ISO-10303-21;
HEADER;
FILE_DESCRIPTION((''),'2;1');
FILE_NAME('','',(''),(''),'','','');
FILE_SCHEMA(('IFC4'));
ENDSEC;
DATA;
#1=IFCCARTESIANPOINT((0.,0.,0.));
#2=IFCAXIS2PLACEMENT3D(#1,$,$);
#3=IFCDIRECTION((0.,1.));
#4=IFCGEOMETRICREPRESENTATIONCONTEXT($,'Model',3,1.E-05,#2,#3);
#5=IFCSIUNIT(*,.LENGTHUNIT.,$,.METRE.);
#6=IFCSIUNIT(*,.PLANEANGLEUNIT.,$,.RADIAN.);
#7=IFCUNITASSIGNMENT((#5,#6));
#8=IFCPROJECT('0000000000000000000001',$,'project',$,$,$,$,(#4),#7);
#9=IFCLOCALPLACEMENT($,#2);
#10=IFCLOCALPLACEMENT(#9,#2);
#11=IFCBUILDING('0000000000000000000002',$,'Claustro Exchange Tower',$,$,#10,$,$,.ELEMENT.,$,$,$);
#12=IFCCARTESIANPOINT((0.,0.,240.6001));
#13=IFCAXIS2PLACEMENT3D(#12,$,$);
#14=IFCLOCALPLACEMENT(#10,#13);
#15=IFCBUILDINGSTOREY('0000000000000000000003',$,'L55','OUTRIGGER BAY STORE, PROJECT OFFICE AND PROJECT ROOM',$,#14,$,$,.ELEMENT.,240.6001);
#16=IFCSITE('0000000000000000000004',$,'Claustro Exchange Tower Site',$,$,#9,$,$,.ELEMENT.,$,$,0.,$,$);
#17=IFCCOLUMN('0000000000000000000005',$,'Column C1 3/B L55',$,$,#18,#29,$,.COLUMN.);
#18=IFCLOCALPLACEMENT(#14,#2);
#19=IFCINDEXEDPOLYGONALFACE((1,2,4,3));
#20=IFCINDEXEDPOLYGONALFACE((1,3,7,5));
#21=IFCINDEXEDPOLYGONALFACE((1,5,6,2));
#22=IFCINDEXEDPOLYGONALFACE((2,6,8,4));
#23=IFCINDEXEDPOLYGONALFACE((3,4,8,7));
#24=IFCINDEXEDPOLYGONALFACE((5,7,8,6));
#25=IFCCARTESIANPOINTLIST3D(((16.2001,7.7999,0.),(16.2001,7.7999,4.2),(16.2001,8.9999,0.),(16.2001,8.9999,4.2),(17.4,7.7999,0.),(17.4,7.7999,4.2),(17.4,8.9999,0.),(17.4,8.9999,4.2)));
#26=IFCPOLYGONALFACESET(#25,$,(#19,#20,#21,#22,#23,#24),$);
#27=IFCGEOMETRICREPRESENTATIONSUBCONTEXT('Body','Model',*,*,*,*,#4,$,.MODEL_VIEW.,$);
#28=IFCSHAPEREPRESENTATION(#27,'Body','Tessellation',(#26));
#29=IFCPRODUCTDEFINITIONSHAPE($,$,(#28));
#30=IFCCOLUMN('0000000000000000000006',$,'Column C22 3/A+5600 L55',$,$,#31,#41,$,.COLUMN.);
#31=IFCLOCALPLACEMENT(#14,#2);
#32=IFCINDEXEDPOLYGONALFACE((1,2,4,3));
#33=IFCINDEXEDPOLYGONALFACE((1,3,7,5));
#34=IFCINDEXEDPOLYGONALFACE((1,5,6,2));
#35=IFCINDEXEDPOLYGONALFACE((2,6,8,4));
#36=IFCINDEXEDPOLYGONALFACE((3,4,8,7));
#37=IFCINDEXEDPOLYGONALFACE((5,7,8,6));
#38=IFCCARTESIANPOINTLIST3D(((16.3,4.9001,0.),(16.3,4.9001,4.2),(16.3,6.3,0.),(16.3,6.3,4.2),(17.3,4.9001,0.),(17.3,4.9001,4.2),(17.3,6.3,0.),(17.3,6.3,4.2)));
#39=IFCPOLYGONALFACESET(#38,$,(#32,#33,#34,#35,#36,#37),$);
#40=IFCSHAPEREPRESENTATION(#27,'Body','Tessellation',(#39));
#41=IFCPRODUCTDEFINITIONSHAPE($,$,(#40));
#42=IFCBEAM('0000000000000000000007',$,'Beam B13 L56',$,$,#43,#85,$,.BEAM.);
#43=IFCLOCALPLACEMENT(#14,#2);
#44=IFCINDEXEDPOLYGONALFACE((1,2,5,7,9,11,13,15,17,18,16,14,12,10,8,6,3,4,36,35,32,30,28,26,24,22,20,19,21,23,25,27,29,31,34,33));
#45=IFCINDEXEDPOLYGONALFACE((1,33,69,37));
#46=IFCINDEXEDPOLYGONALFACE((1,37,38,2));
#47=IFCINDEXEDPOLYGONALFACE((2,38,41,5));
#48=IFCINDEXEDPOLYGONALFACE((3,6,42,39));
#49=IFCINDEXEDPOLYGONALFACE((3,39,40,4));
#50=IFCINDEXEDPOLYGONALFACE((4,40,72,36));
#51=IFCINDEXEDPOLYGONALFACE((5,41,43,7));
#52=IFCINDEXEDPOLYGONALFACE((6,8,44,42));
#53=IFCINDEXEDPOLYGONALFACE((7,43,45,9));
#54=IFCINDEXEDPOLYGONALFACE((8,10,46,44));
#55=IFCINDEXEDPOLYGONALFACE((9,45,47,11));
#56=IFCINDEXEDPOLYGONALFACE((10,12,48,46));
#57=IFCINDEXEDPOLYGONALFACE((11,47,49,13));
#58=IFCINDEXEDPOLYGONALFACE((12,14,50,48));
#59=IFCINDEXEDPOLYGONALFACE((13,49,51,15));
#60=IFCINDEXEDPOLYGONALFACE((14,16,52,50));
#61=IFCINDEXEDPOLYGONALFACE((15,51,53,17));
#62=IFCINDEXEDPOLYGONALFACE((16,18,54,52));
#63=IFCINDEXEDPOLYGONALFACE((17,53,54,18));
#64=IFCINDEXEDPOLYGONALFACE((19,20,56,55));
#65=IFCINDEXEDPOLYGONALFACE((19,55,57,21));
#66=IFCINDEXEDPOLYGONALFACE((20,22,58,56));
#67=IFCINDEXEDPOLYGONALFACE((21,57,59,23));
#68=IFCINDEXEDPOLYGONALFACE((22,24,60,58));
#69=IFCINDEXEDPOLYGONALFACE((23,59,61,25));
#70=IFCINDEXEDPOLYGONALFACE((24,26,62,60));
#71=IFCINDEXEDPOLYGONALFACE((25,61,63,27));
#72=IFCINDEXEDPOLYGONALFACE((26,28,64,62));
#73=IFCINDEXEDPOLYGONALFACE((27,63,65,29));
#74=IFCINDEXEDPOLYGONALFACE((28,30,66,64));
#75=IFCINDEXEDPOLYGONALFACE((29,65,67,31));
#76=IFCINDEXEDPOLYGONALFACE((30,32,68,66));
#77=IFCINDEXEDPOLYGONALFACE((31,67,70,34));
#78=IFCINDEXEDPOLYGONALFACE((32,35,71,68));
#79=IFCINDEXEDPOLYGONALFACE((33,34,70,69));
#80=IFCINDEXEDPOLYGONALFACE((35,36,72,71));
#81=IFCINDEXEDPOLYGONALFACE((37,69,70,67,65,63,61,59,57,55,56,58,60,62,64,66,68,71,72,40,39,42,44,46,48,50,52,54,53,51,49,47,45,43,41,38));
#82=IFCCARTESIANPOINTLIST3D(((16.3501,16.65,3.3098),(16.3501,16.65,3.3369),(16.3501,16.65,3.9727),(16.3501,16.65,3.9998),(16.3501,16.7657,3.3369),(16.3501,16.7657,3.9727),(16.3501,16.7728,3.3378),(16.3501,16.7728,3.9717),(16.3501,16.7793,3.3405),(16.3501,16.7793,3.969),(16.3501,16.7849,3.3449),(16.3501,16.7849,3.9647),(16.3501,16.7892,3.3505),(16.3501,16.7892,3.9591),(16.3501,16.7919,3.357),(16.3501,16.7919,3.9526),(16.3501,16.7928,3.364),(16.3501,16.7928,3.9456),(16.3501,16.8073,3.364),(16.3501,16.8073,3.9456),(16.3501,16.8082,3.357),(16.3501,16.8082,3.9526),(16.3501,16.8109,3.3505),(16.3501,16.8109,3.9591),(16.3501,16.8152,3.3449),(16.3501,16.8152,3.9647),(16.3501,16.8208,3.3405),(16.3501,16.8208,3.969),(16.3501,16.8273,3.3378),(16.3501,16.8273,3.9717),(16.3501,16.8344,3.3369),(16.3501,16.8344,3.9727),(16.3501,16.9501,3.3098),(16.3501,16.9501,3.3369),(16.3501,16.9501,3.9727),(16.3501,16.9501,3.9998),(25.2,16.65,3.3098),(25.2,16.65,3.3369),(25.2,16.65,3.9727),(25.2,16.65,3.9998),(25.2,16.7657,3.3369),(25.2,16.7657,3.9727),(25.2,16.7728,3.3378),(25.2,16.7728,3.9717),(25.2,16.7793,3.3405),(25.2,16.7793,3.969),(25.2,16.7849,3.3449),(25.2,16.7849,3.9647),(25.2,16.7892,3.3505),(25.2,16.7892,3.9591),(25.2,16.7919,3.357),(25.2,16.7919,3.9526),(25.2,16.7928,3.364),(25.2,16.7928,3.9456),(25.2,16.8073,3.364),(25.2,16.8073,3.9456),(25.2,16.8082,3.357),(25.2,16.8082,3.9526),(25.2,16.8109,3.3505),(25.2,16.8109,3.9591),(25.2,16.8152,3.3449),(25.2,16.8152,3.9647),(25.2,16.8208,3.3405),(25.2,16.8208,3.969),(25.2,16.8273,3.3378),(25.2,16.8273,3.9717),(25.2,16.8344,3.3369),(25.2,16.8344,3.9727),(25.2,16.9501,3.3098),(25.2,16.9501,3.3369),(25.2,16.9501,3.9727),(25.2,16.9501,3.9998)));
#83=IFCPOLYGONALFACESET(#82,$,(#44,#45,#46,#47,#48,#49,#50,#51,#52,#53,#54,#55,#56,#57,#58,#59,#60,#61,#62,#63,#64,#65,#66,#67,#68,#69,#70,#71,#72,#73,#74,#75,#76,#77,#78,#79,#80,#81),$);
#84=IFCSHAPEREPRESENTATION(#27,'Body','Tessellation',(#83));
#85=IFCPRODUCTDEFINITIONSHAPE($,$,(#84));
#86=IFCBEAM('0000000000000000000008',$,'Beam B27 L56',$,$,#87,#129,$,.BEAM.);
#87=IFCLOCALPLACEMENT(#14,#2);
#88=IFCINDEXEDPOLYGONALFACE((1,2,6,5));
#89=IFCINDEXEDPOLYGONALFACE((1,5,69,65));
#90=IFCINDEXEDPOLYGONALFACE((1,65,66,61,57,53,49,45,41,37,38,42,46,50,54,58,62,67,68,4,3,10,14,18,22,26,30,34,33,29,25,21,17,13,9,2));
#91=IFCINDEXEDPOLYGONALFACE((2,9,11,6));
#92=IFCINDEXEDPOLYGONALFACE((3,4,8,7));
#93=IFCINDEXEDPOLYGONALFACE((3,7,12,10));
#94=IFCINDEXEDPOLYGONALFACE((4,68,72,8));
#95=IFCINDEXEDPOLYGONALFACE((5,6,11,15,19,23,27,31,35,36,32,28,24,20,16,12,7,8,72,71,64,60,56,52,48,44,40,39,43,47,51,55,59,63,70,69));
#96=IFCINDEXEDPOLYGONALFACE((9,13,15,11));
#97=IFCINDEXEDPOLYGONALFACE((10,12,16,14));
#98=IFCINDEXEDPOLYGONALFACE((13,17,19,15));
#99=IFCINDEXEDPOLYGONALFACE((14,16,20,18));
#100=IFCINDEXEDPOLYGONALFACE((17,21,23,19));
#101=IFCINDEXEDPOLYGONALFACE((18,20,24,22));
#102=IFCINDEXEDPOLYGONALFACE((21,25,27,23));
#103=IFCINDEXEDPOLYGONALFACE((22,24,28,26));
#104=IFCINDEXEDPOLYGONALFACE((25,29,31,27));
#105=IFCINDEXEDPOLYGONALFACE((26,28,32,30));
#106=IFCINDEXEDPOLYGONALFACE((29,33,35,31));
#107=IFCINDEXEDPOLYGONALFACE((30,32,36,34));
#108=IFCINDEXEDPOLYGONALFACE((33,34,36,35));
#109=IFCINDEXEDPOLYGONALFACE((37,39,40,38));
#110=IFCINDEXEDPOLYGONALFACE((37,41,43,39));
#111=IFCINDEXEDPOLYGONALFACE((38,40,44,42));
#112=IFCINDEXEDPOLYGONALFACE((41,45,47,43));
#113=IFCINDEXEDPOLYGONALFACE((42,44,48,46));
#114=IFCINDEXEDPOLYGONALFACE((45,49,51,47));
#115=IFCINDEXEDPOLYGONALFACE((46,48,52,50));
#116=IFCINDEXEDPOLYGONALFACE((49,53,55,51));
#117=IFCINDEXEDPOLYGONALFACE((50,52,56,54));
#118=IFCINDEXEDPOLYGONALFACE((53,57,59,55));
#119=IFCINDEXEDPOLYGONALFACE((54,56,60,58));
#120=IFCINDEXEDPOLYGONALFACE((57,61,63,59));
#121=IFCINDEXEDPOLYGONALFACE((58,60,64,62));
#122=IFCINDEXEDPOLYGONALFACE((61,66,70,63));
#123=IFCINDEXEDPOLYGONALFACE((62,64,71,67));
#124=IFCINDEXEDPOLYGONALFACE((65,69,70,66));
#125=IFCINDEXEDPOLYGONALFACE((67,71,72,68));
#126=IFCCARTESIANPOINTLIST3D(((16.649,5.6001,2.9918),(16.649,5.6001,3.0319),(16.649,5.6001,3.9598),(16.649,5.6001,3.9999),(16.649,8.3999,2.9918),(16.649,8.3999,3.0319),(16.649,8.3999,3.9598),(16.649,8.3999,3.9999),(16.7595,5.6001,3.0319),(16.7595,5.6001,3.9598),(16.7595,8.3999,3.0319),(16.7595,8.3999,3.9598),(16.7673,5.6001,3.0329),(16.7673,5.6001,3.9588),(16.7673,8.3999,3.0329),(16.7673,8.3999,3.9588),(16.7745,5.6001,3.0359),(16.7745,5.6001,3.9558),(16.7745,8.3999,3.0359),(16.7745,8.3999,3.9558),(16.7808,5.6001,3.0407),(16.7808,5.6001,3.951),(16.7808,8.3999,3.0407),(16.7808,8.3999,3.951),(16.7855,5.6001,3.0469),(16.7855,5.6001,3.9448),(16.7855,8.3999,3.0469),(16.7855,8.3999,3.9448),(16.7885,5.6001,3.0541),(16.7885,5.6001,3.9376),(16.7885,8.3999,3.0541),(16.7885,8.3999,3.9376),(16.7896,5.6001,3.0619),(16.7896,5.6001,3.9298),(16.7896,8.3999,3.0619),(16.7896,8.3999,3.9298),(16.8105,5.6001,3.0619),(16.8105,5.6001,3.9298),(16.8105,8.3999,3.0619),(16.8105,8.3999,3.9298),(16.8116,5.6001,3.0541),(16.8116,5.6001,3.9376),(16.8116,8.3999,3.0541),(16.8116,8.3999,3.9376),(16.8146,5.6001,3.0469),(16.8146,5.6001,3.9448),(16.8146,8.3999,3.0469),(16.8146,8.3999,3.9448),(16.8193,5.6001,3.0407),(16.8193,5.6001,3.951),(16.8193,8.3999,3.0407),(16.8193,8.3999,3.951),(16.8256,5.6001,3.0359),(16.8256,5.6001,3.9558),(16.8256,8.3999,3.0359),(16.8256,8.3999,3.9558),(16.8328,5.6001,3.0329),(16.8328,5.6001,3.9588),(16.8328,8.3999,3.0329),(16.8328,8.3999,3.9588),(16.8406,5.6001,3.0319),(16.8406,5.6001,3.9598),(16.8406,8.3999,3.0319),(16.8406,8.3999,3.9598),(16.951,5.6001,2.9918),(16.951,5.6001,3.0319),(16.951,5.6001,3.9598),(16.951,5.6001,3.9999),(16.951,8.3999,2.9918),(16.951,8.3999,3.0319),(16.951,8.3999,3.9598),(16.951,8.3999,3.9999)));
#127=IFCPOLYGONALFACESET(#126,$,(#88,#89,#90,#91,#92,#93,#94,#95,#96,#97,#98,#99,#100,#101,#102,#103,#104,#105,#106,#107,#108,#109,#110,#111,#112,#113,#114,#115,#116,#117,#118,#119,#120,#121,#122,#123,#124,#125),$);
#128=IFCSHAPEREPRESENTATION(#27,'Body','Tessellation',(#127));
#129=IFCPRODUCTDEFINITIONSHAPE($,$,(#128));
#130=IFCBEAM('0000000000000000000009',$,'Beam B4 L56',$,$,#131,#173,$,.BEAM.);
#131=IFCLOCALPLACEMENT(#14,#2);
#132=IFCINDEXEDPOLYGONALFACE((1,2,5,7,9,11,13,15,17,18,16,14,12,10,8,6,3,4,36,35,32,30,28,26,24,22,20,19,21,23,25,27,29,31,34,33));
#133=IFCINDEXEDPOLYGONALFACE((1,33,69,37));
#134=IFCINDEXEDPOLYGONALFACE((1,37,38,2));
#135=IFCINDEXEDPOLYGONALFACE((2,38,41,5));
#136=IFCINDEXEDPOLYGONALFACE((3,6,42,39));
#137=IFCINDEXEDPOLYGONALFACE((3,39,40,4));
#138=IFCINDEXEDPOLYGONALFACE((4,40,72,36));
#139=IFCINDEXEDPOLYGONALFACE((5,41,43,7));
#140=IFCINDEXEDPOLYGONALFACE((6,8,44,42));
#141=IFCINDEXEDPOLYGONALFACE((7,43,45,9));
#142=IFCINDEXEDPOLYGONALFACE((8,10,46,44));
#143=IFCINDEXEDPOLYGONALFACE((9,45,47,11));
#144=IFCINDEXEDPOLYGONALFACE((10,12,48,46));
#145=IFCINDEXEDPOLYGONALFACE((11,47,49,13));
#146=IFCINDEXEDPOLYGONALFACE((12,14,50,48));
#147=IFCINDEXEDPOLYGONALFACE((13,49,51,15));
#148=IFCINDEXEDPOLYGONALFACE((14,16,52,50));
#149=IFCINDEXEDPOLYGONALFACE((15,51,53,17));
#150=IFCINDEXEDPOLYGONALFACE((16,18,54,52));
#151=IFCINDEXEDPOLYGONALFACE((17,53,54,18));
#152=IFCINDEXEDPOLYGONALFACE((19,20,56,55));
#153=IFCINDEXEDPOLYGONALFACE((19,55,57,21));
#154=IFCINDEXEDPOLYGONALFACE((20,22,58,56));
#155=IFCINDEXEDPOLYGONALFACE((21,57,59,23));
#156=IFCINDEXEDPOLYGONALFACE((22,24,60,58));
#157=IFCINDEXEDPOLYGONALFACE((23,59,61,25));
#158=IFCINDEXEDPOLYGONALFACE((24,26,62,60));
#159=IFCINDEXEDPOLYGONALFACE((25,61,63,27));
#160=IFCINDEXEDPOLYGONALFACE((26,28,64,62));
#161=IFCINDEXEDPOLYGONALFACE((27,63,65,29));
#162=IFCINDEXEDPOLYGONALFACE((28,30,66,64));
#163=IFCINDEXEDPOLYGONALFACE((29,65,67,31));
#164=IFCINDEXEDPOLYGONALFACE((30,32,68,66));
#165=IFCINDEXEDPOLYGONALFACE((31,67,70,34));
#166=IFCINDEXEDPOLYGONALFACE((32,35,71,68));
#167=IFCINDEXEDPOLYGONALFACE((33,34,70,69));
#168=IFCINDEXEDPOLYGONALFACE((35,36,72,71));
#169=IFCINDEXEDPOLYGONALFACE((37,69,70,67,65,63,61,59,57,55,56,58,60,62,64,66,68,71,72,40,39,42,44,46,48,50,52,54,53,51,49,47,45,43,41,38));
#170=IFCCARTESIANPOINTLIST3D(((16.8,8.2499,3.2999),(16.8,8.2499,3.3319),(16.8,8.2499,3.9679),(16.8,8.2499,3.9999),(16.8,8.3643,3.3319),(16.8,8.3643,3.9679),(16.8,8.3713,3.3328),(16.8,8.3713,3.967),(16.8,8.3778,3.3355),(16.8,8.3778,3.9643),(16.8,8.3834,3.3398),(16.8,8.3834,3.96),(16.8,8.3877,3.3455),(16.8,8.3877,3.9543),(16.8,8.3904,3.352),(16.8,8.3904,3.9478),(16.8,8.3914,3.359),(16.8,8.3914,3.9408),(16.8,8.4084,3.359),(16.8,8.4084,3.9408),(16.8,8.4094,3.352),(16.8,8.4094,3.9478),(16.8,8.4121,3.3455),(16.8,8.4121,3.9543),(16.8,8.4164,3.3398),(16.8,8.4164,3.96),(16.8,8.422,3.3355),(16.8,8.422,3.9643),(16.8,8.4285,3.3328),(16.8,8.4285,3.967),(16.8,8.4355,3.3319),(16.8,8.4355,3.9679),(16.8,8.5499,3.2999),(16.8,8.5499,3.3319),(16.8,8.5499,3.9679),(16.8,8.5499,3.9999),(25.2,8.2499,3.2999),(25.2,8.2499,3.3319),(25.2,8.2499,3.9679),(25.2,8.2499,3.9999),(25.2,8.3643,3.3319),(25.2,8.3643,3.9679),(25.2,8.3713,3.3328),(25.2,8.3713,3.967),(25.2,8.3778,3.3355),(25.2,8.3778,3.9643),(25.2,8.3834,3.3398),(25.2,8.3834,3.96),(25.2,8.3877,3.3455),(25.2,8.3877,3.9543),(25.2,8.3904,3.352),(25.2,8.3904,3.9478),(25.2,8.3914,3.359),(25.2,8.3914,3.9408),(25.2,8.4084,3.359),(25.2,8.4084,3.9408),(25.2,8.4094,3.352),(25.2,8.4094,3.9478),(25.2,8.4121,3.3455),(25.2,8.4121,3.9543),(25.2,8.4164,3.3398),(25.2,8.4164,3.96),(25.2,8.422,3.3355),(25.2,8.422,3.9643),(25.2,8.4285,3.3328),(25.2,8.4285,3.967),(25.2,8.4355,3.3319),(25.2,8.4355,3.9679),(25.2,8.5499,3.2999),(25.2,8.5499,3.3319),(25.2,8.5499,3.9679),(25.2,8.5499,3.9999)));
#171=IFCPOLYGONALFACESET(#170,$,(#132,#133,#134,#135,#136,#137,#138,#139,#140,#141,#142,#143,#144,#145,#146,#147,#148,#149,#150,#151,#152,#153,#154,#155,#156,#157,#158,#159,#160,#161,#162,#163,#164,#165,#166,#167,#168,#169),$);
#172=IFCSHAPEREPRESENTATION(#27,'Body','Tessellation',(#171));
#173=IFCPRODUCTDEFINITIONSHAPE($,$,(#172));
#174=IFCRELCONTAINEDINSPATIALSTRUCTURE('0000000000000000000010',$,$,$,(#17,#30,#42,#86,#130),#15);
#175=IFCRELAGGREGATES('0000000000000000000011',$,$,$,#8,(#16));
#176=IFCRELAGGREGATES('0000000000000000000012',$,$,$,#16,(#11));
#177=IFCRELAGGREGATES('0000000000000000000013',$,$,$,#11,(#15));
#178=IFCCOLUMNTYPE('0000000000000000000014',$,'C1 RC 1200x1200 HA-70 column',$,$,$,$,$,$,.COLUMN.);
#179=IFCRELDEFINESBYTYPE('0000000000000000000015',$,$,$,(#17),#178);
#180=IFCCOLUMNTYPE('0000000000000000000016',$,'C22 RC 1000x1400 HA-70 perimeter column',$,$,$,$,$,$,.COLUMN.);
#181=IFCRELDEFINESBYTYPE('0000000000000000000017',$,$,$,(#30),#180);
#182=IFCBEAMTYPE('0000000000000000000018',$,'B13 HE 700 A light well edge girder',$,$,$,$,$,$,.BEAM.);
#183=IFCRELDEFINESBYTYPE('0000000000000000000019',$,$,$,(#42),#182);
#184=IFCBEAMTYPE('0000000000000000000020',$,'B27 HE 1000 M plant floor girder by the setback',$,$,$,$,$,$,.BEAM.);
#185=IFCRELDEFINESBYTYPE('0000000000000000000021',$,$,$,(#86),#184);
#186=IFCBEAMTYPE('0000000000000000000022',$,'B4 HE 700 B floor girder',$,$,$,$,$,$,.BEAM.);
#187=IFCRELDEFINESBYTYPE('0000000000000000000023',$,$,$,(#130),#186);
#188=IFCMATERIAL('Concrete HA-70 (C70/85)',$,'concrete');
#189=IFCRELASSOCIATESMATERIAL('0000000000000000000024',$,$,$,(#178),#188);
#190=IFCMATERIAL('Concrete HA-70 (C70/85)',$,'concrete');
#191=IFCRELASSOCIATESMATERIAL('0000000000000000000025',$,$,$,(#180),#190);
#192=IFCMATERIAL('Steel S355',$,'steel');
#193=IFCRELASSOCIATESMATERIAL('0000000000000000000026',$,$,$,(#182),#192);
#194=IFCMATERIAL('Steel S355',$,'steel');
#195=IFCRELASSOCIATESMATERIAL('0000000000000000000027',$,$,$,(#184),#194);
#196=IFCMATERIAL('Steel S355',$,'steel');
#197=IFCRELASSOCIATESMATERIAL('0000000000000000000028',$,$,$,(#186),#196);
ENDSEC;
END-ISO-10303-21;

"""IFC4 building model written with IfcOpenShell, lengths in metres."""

from ifc_helpers import new_model, si_unit, direction, frame, origin, origin_2d, place, context, subcontext, project, spatial, rectangle, i_section, extrude, material, material_profile, profile_set, type_object, element, save


model = new_model("IFC4")

# Units and contexts
model_context = context("Model", 3, precision=1e-05, world=origin(), true_north=direction((0.0, 1.0)))
body_context = subcontext(model_context, "Body", "Model", "MODEL_VIEW")
ifc_project = project(units=[si_unit("LENGTHUNIT", "METRE"), si_unit("PLANEANGLEUNIT", "RADIAN")], contexts=[model_context])

# Site, building, storey
site_placement = place(None, origin())
site = spatial("IfcSite", under=ifc_project, at=site_placement, Name="Claustro Exchange Tower Site", CompositionType="ELEMENT", RefElevation=0.0)
building_placement = place(site_placement, origin())
building = spatial("IfcBuilding", under=site, at=building_placement, Name="Claustro Exchange Tower", CompositionType="ELEMENT")
storey_placement = place(building_placement, frame((0.0, 0.0, 240.6001)))
storey = spatial("IfcBuildingStorey", under=building, at=storey_placement, Name="L55", Description="OUTRIGGER BAY STORE, PROJECT OFFICE AND PROJECT ROOM", CompositionType="ELEMENT", Elevation=240.6001)

# Columns
ifc_material_1 = material(Name="Concrete HA-70 (C70/85)", Category="concrete")
ifc_material_profile_1 = material_profile(ifc_material_1, rectangle(XDim=1.2, YDim=1.2, at=origin_2d()), Name="RC 1200x1200")
ifc_profile_set_1 = profile_set([ifc_material_profile_1], Name="Concrete HA-70 (C70/85)")
column_type_1 = type_object("IfcColumnType", Name="C1 RC 1200x1200 HA-70 column", PredefinedType="COLUMN", material=ifc_profile_set_1)
column_1_placement = place(storey_placement, frame((16.8, 8.3999, 0.0), z_axis=(0.0, 0.0, 1.0), x_axis=(1.0, 0.0, 0.0)))
element("IfcColumn", 1, at=column_1_placement, inside=storey, type_object=column_type_1, Name="Column C1 3/B L55", PredefinedType="COLUMN", context=body_context, shape_type="SweptSolid", body=[
    extrude(rectangle(XDim=1.2, YDim=1.2, at=origin_2d()), origin(), (0.0, 0.0, 1.0), 4.2),
])
ifc_material_2 = material(Name="Concrete HA-70 (C70/85)", Category="concrete")
ifc_material_profile_2 = material_profile(ifc_material_2, rectangle(XDim=1.0, YDim=1.3999, at=origin_2d()), Name="RC 1000x1400")
ifc_profile_set_2 = profile_set([ifc_material_profile_2], Name="Concrete HA-70 (C70/85)")
column_type_2 = type_object("IfcColumnType", Name="C22 RC 1000x1400 HA-70 perimeter column", PredefinedType="COLUMN", material=ifc_profile_set_2)
column_2_placement = place(storey_placement, frame((16.8, 5.6001, 0.0), z_axis=(0.0, 0.0, 1.0), x_axis=(1.0, 0.0, 0.0)))
element("IfcColumn", 2, at=column_2_placement, inside=storey, type_object=column_type_2, Name="Column C22 3/A+5600 L55", PredefinedType="COLUMN", context=body_context, shape_type="SweptSolid", body=[
    extrude(rectangle(XDim=1.0, YDim=1.3999, at=origin_2d()), origin(), (0.0, 0.0, 1.0), 4.2),
])

# Beams
ifc_material_3 = material(Name="Steel S355", Category="steel")
ifc_material_profile_3 = material_profile(ifc_material_3, i_section(OverallWidth=0.3, OverallDepth=0.6899, WebThickness=0.0144, FlangeThickness=0.0271, FilletRadius=0.0271, at=origin_2d()), Name="HE 700 A")
ifc_profile_set_3 = profile_set([ifc_material_profile_3], Name="Steel S355")
beam_type_1 = type_object("IfcBeamType", Name="B13 HE 700 A light well edge girder", PredefinedType="BEAM", material=ifc_profile_set_3)
beam_1_placement = place(storey_placement, frame((16.3501, 16.8, 3.6548), z_axis=(1.0, 0.0, 0.0), x_axis=(0.0, 1.0, 0.0)))
element("IfcBeam", 3, at=beam_1_placement, inside=storey, type_object=beam_type_1, Name="Beam B13 L56", PredefinedType="BEAM", context=body_context, shape_type="SweptSolid", body=[
    extrude(i_section(OverallWidth=0.3, OverallDepth=0.6899, WebThickness=0.0144, FlangeThickness=0.0271, FilletRadius=0.0271, at=origin_2d()), origin(), (0.0, 0.0, 1.0), 8.8499),
])
ifc_material_4 = material(Name="Steel S355", Category="steel")
ifc_material_profile_4 = material_profile(ifc_material_4, i_section(OverallWidth=0.302, OverallDepth=1.0081, WebThickness=0.021, FlangeThickness=0.04, FilletRadius=0.03, at=origin_2d()), Name="HE 1000 M")
ifc_profile_set_4 = profile_set([ifc_material_profile_4], Name="Steel S355")
beam_type_2 = type_object("IfcBeamType", Name="B27 HE 1000 M plant floor girder by the setback", PredefinedType="BEAM", material=ifc_profile_set_4)
beam_2_placement = place(storey_placement, frame((16.8, 5.6001, 3.4958), z_axis=(0.0, 1.0, 0.0), x_axis=(-1.0, 0.0, 0.0)))
element("IfcBeam", 4, at=beam_2_placement, inside=storey, type_object=beam_type_2, Name="Beam B27 L56", PredefinedType="BEAM", context=body_context, shape_type="SweptSolid", body=[
    extrude(i_section(OverallWidth=0.302, OverallDepth=1.0081, WebThickness=0.021, FlangeThickness=0.04, FilletRadius=0.03, at=origin_2d()), origin(), (0.0, 0.0, 1.0), 2.7998),
])
ifc_material_5 = material(Name="Steel S355", Category="steel")
ifc_material_profile_5 = material_profile(ifc_material_5, i_section(OverallWidth=0.3, OverallDepth=0.7, WebThickness=0.0171, FlangeThickness=0.032, FilletRadius=0.0271, at=origin_2d()), Name="HE 700 B")
ifc_profile_set_5 = profile_set([ifc_material_profile_5], Name="Steel S355")
beam_type_3 = type_object("IfcBeamType", Name="B4 HE 700 B floor girder", PredefinedType="BEAM", material=ifc_profile_set_5)
beam_3_placement = place(storey_placement, frame((16.8, 8.3999, 3.6499), z_axis=(1.0, 0.0, 0.0), x_axis=(0.0, 1.0, 0.0)))
element("IfcBeam", 5, at=beam_3_placement, inside=storey, type_object=beam_type_3, Name="Beam B4 L56", PredefinedType="BEAM", context=body_context, shape_type="SweptSolid", body=[
    extrude(i_section(OverallWidth=0.3, OverallDepth=0.7, WebThickness=0.0171, FlangeThickness=0.032, FilletRadius=0.0271, at=origin_2d()), origin(), (0.0, 0.0, 1.0), 8.3999),
])

save(model, "model.ifc")
